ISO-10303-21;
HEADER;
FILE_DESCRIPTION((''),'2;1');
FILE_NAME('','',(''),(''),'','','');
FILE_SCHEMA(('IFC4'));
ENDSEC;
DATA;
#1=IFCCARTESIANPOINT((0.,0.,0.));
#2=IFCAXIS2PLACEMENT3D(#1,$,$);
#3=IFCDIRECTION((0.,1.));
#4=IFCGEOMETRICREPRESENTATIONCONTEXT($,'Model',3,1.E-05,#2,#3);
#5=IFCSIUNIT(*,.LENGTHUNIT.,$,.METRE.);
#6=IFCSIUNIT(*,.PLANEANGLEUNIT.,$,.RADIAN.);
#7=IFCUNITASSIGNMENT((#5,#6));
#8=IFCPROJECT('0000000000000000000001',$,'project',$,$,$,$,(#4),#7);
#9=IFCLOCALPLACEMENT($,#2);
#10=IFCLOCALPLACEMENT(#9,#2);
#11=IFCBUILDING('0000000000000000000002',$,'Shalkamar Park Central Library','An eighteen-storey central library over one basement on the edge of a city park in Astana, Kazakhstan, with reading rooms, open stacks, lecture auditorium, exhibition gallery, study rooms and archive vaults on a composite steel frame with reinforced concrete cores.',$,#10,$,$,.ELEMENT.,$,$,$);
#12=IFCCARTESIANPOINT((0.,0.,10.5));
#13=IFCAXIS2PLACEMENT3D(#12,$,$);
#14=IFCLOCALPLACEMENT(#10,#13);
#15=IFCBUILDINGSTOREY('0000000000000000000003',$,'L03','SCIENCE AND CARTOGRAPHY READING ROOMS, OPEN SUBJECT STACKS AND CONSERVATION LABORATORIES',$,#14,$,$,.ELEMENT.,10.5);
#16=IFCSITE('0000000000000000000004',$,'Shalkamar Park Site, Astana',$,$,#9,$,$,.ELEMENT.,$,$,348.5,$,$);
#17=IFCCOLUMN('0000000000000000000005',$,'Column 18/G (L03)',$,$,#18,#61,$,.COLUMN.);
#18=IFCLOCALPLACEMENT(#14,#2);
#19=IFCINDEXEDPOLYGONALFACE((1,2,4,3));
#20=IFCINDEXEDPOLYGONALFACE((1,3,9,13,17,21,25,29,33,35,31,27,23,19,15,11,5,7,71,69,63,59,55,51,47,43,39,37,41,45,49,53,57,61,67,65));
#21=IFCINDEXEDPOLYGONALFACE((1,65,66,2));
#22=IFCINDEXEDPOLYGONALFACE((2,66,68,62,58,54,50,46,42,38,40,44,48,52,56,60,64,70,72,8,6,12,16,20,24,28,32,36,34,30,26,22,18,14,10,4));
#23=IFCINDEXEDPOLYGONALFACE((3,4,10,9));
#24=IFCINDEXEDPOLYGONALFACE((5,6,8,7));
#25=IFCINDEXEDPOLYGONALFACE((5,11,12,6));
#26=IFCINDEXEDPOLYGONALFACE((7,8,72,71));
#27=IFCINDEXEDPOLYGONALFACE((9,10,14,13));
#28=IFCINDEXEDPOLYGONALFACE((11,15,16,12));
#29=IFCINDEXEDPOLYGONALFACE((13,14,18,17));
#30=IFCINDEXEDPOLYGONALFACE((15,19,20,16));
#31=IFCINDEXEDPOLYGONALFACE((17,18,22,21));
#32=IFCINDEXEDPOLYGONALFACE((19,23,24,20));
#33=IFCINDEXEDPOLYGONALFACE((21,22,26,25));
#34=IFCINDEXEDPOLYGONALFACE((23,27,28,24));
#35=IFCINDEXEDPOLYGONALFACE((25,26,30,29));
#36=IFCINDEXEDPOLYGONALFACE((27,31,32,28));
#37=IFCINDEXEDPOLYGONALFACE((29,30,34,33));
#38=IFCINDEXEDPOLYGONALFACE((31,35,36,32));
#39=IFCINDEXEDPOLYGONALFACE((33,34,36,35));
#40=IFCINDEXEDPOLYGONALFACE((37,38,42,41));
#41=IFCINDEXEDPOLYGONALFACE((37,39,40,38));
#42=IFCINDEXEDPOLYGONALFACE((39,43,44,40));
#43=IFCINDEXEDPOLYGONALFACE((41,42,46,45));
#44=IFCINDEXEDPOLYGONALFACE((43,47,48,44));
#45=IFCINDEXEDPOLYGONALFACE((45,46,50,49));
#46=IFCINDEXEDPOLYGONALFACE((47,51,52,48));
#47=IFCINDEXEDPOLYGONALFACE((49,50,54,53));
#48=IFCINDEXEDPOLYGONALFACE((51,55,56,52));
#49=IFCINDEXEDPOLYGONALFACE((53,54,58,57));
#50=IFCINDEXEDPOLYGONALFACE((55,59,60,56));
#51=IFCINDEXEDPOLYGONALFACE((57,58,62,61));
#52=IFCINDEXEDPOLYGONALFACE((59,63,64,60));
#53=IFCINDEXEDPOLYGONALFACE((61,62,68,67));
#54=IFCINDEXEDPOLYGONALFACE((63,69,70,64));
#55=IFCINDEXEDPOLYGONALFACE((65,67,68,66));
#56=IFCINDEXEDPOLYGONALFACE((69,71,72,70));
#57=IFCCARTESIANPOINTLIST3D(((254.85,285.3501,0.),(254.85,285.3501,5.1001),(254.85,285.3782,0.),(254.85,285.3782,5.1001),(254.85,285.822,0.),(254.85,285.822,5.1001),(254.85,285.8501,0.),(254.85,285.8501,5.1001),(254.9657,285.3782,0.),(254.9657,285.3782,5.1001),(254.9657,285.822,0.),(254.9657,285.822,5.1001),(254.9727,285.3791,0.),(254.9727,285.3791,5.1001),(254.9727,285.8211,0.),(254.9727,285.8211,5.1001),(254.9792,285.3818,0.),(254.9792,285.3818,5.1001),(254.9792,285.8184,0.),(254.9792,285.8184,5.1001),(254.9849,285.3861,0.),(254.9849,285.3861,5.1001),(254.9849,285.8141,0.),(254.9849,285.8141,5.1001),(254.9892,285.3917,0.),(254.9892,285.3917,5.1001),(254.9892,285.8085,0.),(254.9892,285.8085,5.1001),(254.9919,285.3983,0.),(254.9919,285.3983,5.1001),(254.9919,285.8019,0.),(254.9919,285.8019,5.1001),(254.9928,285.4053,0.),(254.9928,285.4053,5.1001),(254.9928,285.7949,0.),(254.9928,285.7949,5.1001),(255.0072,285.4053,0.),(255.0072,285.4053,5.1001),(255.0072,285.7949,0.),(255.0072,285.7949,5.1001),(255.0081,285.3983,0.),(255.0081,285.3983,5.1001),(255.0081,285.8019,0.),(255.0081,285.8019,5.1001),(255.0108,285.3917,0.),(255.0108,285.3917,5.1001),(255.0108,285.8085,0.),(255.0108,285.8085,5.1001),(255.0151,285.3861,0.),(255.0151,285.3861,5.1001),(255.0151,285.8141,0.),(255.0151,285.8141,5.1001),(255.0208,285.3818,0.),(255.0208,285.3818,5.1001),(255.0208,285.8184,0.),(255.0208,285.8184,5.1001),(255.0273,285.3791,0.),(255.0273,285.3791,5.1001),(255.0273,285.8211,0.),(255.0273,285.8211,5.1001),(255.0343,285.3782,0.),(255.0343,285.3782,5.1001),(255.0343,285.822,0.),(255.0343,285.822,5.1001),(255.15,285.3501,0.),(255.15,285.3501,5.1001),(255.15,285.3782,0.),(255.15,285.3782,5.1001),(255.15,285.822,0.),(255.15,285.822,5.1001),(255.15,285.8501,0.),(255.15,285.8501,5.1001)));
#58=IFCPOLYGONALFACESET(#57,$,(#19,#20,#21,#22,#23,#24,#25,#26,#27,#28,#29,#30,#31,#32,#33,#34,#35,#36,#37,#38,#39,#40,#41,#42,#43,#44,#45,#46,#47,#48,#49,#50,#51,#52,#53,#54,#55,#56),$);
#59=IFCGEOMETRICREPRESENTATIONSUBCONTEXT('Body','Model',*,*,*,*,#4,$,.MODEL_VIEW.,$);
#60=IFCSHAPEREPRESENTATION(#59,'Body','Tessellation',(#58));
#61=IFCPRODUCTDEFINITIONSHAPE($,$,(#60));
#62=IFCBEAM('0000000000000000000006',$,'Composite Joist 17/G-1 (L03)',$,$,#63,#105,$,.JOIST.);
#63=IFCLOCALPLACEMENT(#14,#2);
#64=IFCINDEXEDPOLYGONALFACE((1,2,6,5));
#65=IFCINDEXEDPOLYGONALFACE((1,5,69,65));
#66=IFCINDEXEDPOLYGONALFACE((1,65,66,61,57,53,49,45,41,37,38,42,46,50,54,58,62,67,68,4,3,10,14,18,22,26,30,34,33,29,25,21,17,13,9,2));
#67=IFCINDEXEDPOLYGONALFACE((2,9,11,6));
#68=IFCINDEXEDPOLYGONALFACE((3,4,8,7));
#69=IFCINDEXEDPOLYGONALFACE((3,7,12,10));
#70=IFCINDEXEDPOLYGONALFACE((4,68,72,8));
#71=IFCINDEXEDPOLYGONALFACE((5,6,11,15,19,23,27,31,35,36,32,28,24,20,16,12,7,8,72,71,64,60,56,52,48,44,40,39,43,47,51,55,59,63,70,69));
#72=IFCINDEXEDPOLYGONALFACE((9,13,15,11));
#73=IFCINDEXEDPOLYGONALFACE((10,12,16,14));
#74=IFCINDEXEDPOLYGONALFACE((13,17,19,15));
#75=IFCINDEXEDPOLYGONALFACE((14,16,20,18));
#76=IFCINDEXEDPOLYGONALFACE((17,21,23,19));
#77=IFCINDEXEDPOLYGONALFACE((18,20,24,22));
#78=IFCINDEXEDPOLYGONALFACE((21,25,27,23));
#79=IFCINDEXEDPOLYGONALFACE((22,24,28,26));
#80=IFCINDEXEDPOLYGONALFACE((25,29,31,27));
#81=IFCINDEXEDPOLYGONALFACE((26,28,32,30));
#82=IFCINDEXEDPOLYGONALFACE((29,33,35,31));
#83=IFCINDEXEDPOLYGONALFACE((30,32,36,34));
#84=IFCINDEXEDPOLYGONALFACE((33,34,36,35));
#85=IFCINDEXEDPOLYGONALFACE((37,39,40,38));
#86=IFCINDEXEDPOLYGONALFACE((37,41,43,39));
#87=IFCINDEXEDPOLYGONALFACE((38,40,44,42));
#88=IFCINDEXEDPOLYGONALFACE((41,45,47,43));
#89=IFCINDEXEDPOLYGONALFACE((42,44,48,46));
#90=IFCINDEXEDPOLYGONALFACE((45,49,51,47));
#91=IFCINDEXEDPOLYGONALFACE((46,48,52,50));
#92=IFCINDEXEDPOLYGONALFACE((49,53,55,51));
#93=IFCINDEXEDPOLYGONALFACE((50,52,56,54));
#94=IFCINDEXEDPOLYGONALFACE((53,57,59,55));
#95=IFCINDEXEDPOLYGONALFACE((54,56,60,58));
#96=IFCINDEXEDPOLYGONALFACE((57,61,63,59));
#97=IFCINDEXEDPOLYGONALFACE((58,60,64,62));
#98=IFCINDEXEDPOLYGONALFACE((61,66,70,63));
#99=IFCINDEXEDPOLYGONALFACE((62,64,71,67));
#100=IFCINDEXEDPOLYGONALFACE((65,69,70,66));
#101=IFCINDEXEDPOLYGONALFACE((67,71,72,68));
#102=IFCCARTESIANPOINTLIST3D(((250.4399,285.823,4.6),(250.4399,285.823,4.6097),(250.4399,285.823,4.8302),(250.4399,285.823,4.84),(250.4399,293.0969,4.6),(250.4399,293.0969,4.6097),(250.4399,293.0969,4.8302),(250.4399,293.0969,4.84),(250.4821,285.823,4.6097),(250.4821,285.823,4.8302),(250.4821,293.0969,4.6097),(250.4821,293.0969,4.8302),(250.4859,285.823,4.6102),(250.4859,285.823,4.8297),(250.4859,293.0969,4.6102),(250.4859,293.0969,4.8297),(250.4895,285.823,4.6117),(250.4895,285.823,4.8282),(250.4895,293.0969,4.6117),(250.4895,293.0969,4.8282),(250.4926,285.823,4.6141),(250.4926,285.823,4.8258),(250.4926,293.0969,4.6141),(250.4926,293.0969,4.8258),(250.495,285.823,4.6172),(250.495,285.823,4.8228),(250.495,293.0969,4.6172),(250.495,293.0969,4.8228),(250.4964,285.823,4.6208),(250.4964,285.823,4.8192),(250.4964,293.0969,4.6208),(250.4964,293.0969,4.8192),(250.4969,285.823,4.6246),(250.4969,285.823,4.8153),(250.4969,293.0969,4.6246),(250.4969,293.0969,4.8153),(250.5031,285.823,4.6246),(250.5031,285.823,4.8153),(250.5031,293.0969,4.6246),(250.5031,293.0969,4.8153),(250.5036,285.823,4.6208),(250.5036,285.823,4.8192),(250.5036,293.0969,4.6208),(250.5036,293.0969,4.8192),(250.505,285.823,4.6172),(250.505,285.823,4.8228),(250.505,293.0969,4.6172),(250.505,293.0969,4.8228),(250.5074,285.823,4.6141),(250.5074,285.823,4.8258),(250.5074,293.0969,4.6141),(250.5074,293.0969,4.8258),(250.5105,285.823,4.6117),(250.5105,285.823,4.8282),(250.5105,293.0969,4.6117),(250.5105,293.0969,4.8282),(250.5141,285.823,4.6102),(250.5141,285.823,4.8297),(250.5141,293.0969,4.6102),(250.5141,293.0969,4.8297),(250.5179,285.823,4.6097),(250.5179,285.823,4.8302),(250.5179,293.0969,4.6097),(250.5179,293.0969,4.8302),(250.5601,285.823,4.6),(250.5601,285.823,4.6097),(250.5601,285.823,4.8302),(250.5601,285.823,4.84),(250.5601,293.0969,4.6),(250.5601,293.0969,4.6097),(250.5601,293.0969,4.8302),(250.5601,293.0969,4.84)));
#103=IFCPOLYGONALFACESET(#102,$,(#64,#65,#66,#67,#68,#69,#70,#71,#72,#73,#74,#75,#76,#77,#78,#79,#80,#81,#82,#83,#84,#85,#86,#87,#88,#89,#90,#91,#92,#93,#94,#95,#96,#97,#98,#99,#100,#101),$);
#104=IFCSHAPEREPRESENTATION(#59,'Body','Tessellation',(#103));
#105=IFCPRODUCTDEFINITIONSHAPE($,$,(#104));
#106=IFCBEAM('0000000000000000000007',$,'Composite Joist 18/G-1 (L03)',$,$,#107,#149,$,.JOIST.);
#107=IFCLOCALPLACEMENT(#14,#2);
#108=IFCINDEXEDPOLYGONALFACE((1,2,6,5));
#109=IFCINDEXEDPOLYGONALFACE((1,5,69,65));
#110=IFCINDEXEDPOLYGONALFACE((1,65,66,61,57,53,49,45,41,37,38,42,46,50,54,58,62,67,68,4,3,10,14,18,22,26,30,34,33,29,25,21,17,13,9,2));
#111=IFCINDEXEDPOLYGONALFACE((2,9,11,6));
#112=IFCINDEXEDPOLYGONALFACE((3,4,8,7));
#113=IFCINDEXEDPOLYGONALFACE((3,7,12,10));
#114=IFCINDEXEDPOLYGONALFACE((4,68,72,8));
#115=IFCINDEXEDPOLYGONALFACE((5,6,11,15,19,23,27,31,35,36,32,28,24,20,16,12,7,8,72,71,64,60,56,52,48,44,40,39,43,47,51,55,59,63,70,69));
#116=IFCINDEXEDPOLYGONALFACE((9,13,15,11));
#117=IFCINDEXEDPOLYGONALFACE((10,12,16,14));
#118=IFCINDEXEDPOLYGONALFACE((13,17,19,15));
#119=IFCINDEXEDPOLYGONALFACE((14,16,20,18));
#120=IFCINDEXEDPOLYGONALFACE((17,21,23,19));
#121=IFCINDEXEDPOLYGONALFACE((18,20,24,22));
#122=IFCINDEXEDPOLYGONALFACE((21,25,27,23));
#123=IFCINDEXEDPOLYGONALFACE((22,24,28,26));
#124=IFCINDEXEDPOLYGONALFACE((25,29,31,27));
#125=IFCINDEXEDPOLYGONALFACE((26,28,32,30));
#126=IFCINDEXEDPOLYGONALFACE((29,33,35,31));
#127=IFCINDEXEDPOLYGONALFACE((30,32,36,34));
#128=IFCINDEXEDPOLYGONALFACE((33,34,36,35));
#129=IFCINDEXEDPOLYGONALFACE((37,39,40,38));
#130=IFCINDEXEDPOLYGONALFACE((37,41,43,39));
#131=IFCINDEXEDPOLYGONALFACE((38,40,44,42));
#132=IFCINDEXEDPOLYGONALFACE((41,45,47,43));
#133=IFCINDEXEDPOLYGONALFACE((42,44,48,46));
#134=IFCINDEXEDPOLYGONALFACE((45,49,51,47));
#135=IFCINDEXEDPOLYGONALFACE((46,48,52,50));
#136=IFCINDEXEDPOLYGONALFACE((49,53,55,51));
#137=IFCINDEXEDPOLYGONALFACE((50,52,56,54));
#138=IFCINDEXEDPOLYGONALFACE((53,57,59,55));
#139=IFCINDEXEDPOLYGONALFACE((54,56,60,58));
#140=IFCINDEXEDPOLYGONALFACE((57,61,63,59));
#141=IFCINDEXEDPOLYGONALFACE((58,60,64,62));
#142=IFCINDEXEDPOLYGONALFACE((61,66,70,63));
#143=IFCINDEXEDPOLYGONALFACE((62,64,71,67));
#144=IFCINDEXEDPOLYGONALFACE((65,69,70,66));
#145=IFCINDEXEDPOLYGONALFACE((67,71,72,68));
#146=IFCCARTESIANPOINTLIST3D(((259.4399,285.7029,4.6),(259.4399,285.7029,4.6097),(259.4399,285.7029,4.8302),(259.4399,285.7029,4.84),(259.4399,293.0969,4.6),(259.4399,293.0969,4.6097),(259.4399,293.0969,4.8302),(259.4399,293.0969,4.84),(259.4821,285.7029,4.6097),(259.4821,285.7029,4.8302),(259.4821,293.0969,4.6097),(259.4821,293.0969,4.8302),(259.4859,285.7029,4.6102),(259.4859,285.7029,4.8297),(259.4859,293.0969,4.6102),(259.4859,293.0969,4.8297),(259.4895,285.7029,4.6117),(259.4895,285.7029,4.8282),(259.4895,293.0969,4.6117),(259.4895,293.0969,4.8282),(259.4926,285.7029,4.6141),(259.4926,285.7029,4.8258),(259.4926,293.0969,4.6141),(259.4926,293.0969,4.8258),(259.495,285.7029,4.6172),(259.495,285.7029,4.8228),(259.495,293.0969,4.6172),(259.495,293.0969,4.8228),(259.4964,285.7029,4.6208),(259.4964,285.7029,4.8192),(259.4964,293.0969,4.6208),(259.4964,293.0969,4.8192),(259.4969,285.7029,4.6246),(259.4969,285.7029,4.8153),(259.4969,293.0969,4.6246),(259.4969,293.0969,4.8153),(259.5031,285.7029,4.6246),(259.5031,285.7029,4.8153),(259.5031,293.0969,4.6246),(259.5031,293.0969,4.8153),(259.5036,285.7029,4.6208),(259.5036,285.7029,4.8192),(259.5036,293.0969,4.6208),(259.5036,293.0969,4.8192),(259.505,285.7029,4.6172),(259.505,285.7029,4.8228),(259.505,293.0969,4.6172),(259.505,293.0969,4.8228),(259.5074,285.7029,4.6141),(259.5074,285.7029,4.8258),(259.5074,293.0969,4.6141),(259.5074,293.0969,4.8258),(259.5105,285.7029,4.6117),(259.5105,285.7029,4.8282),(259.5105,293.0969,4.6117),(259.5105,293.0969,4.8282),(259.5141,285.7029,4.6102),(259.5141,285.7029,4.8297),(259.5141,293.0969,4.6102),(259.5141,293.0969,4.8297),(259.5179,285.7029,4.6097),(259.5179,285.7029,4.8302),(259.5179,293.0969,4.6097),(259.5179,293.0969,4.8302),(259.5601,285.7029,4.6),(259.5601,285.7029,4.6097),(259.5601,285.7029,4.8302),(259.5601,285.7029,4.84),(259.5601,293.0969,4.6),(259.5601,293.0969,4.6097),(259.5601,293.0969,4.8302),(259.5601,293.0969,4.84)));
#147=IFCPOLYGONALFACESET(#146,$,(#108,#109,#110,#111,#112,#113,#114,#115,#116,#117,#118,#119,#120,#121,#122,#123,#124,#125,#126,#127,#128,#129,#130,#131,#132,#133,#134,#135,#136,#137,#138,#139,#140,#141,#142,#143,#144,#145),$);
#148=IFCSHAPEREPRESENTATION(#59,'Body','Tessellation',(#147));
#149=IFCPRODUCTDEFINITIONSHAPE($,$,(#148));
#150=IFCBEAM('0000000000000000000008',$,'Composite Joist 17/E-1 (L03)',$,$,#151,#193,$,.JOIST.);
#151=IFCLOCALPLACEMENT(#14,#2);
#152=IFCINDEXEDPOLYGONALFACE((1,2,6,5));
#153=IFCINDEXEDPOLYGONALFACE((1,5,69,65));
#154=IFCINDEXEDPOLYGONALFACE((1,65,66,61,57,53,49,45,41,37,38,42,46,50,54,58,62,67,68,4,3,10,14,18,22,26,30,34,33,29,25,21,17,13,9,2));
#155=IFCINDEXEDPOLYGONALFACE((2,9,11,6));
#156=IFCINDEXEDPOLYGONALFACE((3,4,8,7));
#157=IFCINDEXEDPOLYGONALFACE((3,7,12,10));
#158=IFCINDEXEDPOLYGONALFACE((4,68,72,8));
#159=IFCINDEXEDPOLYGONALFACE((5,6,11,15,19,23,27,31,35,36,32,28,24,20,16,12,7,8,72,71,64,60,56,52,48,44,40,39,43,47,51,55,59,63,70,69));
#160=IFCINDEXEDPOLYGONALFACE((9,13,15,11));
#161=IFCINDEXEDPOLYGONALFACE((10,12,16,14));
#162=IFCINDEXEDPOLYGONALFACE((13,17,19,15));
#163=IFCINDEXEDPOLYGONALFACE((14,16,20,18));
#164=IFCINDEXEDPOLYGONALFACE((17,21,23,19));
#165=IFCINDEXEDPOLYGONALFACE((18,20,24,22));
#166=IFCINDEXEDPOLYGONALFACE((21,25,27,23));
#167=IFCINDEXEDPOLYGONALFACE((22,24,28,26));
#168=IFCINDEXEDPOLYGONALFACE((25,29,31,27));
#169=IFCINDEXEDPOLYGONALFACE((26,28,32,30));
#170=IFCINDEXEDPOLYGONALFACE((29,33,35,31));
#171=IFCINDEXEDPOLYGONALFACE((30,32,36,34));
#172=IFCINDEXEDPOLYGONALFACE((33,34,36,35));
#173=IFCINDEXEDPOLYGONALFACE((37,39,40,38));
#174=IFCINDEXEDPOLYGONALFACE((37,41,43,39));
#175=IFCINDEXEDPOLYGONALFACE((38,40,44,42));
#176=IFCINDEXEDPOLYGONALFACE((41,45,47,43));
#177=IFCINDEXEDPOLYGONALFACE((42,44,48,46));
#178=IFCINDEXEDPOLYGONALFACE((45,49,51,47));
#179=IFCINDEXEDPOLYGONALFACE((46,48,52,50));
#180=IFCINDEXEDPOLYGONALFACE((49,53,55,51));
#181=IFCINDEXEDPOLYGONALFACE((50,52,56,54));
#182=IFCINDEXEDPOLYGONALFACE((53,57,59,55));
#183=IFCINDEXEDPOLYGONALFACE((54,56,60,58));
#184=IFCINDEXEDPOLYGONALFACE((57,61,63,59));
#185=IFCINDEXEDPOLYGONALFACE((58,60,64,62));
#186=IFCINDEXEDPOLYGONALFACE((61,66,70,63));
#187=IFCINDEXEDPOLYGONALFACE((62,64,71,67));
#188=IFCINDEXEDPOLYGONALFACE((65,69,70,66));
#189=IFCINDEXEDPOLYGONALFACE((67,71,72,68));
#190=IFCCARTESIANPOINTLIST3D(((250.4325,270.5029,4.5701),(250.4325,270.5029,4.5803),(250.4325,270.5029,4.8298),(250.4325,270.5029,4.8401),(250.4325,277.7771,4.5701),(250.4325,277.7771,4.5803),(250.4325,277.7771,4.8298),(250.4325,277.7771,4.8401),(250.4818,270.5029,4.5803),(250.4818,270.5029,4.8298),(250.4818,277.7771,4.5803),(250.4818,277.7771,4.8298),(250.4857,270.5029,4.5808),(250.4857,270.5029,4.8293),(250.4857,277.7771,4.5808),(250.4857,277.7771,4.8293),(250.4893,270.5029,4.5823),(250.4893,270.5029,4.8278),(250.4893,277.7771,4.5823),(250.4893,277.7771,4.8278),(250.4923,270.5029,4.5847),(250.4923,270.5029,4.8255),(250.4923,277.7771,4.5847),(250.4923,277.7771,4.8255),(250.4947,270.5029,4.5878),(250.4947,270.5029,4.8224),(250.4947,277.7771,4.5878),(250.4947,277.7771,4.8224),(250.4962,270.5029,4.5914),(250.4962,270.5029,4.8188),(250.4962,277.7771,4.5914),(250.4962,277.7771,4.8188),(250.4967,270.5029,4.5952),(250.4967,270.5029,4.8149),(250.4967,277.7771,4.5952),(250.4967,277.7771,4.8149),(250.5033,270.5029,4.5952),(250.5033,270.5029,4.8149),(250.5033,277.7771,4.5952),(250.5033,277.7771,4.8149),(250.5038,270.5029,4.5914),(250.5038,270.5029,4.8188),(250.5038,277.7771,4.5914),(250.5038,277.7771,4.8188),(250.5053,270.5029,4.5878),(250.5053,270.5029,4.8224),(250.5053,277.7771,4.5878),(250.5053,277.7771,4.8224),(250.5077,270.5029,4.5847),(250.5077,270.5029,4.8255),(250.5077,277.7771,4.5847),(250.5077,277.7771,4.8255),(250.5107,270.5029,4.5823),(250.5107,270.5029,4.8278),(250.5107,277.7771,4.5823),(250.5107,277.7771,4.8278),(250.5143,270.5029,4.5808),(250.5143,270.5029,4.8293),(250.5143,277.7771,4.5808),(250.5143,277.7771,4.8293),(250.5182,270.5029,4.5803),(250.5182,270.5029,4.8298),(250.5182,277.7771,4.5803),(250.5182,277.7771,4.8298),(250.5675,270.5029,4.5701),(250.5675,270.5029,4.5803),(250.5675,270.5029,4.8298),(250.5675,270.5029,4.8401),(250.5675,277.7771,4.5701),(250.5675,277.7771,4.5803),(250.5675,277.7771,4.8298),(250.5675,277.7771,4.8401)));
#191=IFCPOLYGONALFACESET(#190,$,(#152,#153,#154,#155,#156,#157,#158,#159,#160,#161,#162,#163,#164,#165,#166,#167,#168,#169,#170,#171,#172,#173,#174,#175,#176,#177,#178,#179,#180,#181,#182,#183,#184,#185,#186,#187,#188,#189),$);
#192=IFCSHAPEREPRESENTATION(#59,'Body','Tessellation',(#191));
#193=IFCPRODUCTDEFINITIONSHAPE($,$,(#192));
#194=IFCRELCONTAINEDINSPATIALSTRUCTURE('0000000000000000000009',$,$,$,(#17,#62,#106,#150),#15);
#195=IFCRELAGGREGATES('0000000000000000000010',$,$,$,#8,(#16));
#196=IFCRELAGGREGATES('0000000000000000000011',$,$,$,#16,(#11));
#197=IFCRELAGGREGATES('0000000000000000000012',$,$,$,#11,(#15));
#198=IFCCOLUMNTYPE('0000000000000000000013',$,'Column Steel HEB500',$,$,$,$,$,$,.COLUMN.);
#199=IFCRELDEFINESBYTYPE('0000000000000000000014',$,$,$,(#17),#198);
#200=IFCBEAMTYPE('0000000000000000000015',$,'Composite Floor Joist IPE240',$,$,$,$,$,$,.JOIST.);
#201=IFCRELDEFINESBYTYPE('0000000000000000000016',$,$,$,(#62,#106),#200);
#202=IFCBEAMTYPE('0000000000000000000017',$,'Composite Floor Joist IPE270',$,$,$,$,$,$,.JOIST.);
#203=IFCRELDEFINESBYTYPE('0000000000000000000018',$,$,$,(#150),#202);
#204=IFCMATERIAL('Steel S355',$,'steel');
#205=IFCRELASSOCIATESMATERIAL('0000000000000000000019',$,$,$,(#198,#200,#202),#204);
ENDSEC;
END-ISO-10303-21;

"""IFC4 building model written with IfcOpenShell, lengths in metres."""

from ifc_helpers import new_model, si_unit, direction, frame, origin, origin_2d, place, context, subcontext, project, spatial, i_section, extrude, material, material_profile, profile_set, type_object, element, save


model = new_model("IFC4")

# Units and contexts
model_context = context("Model", 3, precision=1e-05, world=origin(), true_north=direction((0.0, 1.0)))
body_context = subcontext(model_context, "Body", "Model", "MODEL_VIEW")
ifc_project = project(units=[si_unit("LENGTHUNIT", "METRE"), si_unit("PLANEANGLEUNIT", "RADIAN")], contexts=[model_context])

# Site, building, storey
site_placement = place(None, origin())
site = spatial("IfcSite", under=ifc_project, at=site_placement, Name="Shalkamar Park Site, Astana", CompositionType="ELEMENT", RefElevation=348.5)
building_placement = place(site_placement, origin())
building = spatial("IfcBuilding", under=site, at=building_placement, Name="Shalkamar Park Central Library", Description="An eighteen-storey central library over one basement on the edge of a city park in Astana, Kazakhstan, with reading rooms, open stacks, lecture auditorium, exhibition gallery, study rooms and archive vaults on a composite steel frame with reinforced concrete cores.", CompositionType="ELEMENT")
storey_placement = place(building_placement, frame((0.0, 0.0, 10.5)))
storey = spatial("IfcBuildingStorey", under=building, at=storey_placement, Name="L03", Description="SCIENCE AND CARTOGRAPHY READING ROOMS, OPEN SUBJECT STACKS AND CONSERVATION LABORATORIES", CompositionType="ELEMENT", Elevation=10.5)

# Column
ifc_material = material(Name="Steel S355", Category="steel")
ifc_material_profile_1 = material_profile(ifc_material, i_section(OverallWidth=0.3, OverallDepth=0.5, WebThickness=0.0144, FlangeThickness=0.0281, FilletRadius=0.0271, at=origin_2d()), Name="HEB 500")
ifc_profile_set_1 = profile_set([ifc_material_profile_1], Name="Steel S355")
column_type_1 = type_object("IfcColumnType", Name="Column Steel HEB500", PredefinedType="COLUMN", material=ifc_profile_set_1)
for number, where, z_axis, x_axis, name in (
    (1, (255.0, 285.6001, 0.0), (0.0, 0.0, 1.0), (1.0, 0.0, 0.0), "Column 18/G (L03)"),
):
    element("IfcColumn", number, at=place(storey_placement, frame(where, z_axis=z_axis, x_axis=x_axis)), inside=storey, type_object=column_type_1, Name=name, PredefinedType="COLUMN", context=body_context, shape_type="SweptSolid", body=[
        extrude(i_section(OverallWidth=0.3, OverallDepth=0.5, WebThickness=0.0144, FlangeThickness=0.0281, FilletRadius=0.0271, at=origin_2d()), origin(), (0.0, 0.0, 1.0), 5.1001),
    ])

# Beams
ifc_material_profile_2 = material_profile(ifc_material, i_section(OverallWidth=0.1201, OverallDepth=0.24, WebThickness=0.0061, FlangeThickness=0.0098, FilletRadius=0.0149, at=origin_2d()), Name="IPE 240")
ifc_profile_set_2 = profile_set([ifc_material_profile_2], Name="Steel S355")
beam_type_1 = type_object("IfcBeamType", Name="Composite Floor Joist IPE240", PredefinedType="JOIST", material=ifc_profile_set_2)
beam_1_placement = place(storey_placement, frame((250.5, 285.823, 4.72), z_axis=(0.0, 1.0, 0.0), x_axis=(-1.0, 0.0, 0.0)))
element("IfcBeam", 2, at=beam_1_placement, inside=storey, type_object=beam_type_1, Name="Composite Joist 17/G-1 (L03)", PredefinedType="JOIST", context=body_context, shape_type="SweptSolid", body=[
    extrude(i_section(OverallWidth=0.1201, OverallDepth=0.24, WebThickness=0.0061, FlangeThickness=0.0098, FilletRadius=0.0149, at=origin_2d()), origin(), (0.0, 0.0, 1.0), 7.2739),
])
beam_2_placement = place(storey_placement, frame((259.5, 285.7029, 4.72), z_axis=(0.0, 1.0, 0.0), x_axis=(-1.0, 0.0, 0.0)))
element("IfcBeam", 3, at=beam_2_placement, inside=storey, type_object=beam_type_1, Name="Composite Joist 18/G-1 (L03)", PredefinedType="JOIST", context=body_context, shape_type="SweptSolid", body=[
    extrude(i_section(OverallWidth=0.1201, OverallDepth=0.24, WebThickness=0.0061, FlangeThickness=0.0098, FilletRadius=0.0149, at=origin_2d()), origin(), (0.0, 0.0, 1.0), 7.394),
])
ifc_material_profile_3 = material_profile(ifc_material, i_section(OverallWidth=0.135, OverallDepth=0.27, WebThickness=0.0066, FlangeThickness=0.0103, FilletRadius=0.0149, at=origin_2d()), Name="IPE 270")
ifc_profile_set_3 = profile_set([ifc_material_profile_3], Name="Steel S355")
beam_type_2 = type_object("IfcBeamType", Name="Composite Floor Joist IPE270", PredefinedType="JOIST", material=ifc_profile_set_3)
beam_3_placement = place(storey_placement, frame((250.5, 270.5029, 4.7051), z_axis=(0.0, 1.0, 0.0), x_axis=(-1.0, 0.0, 0.0)))
element("IfcBeam", 4, at=beam_3_placement, inside=storey, type_object=beam_type_2, Name="Composite Joist 17/E-1 (L03)", PredefinedType="JOIST", context=body_context, shape_type="SweptSolid", body=[
    extrude(i_section(OverallWidth=0.135, OverallDepth=0.27, WebThickness=0.0066, FlangeThickness=0.0103, FilletRadius=0.0149, at=origin_2d()), origin(), (0.0, 0.0, 1.0), 7.2742),
])

save(model, "model.ifc")
